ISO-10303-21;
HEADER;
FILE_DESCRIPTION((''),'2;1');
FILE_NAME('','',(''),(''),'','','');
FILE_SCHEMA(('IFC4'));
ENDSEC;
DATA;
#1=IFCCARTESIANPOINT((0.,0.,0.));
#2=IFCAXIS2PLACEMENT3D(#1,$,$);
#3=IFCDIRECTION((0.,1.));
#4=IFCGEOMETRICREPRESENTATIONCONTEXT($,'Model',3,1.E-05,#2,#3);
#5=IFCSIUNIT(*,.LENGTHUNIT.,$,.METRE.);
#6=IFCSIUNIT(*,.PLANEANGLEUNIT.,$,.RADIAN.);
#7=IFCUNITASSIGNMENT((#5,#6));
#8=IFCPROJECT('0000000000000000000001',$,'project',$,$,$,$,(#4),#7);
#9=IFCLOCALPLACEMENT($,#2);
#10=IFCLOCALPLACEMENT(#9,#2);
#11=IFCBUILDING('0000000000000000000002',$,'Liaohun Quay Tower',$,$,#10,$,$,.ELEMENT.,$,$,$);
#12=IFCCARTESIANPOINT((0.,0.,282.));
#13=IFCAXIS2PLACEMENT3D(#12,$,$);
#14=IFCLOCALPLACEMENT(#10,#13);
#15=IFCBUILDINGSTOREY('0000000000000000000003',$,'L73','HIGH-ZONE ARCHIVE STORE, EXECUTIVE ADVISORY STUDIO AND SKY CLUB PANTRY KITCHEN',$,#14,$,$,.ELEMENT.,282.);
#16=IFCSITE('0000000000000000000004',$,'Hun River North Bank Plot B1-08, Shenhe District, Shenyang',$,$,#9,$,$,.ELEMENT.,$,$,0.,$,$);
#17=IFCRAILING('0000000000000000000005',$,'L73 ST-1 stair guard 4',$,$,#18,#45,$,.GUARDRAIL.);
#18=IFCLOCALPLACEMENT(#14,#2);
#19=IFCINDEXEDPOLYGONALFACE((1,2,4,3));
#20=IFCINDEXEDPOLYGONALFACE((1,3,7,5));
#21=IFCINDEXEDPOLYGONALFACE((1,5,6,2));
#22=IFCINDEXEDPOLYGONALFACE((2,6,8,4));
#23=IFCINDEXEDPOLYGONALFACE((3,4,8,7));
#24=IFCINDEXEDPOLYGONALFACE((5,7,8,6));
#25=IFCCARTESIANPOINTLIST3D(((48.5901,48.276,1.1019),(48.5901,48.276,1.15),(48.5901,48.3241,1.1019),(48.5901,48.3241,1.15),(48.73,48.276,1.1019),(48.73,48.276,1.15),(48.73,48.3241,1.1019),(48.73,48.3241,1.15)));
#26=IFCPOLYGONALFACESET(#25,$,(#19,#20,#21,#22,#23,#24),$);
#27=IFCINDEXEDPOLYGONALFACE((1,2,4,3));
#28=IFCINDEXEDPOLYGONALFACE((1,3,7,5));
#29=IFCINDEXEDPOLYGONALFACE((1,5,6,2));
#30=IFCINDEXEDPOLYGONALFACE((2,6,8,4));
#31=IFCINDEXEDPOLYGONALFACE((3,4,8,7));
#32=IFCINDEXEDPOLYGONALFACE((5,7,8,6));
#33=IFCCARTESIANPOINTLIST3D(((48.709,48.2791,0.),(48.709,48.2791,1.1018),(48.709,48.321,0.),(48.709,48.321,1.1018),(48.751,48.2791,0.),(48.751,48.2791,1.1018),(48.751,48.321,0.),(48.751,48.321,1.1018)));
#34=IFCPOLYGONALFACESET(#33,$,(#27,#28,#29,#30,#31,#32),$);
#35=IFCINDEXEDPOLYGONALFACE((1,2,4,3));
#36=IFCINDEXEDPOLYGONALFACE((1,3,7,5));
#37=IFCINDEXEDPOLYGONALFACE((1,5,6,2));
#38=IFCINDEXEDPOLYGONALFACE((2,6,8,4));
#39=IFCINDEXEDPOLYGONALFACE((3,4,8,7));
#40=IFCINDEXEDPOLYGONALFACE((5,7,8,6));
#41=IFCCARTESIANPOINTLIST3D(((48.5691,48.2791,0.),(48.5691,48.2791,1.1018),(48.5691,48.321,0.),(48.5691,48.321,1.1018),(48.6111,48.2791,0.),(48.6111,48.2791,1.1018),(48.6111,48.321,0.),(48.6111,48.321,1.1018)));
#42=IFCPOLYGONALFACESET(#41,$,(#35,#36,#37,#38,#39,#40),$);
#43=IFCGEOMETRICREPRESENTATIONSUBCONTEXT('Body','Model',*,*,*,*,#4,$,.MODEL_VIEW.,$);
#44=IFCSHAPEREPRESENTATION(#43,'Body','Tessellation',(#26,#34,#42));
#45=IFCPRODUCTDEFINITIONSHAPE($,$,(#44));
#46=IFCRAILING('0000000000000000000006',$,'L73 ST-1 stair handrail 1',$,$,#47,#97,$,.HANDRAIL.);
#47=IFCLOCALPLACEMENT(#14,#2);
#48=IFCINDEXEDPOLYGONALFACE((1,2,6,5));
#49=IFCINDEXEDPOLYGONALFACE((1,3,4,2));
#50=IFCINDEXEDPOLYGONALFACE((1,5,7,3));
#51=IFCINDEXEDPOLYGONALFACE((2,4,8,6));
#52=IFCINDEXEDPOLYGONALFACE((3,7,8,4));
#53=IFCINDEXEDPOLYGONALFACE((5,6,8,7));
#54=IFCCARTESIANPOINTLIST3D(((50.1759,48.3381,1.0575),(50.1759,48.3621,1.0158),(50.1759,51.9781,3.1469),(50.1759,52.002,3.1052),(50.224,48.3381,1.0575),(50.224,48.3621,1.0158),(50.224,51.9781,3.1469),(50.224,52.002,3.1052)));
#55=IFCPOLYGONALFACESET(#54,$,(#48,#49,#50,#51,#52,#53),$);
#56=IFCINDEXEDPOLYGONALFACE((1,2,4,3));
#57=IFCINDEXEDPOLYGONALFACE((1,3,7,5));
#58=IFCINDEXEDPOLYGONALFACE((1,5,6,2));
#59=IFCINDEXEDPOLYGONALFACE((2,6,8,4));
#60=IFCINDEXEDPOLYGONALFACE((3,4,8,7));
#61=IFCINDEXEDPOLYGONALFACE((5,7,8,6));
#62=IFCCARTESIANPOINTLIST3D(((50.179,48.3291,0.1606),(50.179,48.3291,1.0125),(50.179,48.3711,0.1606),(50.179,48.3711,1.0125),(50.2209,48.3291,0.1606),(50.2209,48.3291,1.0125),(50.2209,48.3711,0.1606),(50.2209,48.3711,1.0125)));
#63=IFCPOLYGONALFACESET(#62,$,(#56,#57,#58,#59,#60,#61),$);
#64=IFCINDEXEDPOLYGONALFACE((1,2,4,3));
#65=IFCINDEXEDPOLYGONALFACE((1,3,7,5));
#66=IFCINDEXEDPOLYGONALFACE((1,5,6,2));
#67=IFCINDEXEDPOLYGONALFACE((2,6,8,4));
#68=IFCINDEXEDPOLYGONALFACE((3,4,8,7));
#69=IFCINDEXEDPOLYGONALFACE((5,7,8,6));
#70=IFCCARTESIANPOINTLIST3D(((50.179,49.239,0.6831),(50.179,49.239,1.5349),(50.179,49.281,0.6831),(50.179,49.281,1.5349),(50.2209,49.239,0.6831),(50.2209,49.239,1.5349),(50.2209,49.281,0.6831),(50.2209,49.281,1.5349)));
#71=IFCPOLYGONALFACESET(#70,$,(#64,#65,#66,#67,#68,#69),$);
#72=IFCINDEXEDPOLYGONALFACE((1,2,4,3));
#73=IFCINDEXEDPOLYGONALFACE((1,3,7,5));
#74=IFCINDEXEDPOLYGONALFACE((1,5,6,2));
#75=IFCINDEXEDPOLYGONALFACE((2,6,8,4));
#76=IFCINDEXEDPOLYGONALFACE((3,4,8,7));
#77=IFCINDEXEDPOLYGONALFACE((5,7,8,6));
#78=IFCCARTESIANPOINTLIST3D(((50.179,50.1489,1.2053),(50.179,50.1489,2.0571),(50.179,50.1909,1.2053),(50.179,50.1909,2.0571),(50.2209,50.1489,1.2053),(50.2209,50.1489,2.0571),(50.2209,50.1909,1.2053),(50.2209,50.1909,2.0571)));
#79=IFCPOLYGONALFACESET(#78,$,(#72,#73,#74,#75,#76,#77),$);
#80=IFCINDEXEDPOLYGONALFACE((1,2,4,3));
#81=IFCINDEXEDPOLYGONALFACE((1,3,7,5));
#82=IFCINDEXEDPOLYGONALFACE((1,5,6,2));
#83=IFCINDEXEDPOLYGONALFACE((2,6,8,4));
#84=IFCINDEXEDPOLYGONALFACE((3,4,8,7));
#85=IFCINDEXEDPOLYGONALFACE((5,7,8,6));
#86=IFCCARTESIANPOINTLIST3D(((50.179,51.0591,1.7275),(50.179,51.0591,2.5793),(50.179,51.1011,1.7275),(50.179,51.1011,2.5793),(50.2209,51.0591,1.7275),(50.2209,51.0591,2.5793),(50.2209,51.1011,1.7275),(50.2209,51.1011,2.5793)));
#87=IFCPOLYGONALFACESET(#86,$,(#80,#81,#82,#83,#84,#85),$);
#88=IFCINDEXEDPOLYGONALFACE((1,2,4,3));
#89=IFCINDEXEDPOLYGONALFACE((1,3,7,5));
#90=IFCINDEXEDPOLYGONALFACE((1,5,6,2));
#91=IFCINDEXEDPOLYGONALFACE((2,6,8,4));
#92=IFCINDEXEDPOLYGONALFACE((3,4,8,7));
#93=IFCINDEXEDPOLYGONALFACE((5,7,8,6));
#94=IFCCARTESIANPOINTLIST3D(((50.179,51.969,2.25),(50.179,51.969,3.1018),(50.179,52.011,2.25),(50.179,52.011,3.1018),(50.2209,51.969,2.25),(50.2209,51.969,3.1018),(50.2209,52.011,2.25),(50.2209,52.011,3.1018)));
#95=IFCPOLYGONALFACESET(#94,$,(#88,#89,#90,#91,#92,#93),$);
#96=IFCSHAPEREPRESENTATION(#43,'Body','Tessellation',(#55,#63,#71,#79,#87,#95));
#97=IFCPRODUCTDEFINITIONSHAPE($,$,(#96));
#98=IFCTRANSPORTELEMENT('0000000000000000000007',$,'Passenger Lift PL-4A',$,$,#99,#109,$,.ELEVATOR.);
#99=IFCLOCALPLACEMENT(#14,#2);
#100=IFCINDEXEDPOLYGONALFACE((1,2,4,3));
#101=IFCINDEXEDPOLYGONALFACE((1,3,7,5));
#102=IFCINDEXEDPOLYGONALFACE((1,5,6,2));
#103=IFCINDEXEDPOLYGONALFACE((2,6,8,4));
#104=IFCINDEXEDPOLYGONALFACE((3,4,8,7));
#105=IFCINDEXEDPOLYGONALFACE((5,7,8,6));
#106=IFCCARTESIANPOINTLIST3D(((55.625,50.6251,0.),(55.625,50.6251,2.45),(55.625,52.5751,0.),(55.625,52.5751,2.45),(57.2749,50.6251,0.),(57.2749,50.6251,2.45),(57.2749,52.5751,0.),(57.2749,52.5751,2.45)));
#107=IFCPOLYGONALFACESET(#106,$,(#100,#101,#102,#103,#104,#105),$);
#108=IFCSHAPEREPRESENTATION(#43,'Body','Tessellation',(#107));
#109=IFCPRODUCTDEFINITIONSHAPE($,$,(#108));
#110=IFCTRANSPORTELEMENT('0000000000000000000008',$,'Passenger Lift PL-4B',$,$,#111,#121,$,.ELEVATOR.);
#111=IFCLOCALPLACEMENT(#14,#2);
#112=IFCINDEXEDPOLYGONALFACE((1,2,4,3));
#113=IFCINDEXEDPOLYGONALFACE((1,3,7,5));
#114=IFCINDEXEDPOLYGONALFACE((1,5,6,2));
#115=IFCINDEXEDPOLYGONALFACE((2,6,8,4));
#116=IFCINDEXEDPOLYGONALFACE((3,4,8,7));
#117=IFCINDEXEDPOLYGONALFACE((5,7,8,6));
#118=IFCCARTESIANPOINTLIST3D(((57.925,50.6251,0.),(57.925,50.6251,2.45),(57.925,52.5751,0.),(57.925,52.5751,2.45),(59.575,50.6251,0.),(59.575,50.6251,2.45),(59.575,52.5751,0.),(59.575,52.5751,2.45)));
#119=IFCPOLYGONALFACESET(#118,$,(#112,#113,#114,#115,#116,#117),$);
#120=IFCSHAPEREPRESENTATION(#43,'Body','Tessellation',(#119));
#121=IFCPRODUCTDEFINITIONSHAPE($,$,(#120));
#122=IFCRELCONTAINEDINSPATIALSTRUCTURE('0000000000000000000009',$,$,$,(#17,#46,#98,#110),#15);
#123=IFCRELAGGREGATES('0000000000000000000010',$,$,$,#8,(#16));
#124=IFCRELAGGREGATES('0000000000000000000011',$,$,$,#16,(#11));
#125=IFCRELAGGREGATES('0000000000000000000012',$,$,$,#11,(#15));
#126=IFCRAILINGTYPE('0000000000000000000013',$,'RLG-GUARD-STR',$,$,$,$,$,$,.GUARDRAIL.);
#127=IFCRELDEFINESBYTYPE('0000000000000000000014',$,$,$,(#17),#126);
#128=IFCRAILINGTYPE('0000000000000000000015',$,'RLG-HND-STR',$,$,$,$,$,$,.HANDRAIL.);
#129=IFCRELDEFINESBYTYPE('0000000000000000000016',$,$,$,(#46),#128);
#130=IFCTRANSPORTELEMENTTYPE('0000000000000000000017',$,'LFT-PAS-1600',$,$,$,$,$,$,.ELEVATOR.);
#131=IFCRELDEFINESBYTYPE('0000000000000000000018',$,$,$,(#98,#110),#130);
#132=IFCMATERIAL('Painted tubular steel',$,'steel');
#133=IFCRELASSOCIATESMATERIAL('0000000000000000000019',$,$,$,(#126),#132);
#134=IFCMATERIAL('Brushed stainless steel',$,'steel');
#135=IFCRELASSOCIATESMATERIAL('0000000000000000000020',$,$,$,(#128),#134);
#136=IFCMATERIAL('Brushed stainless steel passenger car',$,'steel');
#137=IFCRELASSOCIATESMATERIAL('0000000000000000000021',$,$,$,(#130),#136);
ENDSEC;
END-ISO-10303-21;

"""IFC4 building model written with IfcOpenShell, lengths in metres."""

from ifc_helpers import new_model, si_unit, direction, frame, origin, origin_2d, place, context, subcontext, project, spatial, rectangle, extrude, source, transform, mapped, material, type_object, element, save


model = new_model("IFC4")

# Units and contexts
model_context = context("Model", 3, precision=1e-05, world=origin(), true_north=direction((0.0, 1.0)))
body_context = subcontext(model_context, "Body", "Model", "MODEL_VIEW")
ifc_project = project(units=[si_unit("LENGTHUNIT", "METRE"), si_unit("PLANEANGLEUNIT", "RADIAN")], contexts=[model_context])

# Site, building, storey
site_placement = place(None, origin())
site = spatial("IfcSite", under=ifc_project, at=site_placement, Name="Hun River North Bank Plot B1-08, Shenhe District, Shenyang", CompositionType="ELEMENT", RefElevation=0.0)
building_placement = place(site_placement, origin())
building = spatial("IfcBuilding", under=site, at=building_placement, Name="Liaohun Quay Tower", CompositionType="ELEMENT")
storey_placement = place(building_placement, frame((0.0, 0.0, 282.0)))
storey = spatial("IfcBuildingStorey", under=building, at=storey_placement, Name="L73", Description="HIGH-ZONE ARCHIVE STORE, EXECUTIVE ADVISORY STUDIO AND SKY CLUB PANTRY KITCHEN", CompositionType="ELEMENT", Elevation=282.0)

# Railings
ifc_material_1 = material(Name="Painted tubular steel", Category="steel")
railing_type_1 = type_object("IfcRailingType", Name="RLG-GUARD-STR", PredefinedType="GUARDRAIL", material=ifc_material_1)
for number, where, name in (
    (1, (48.73, 48.3, 0.0), "L73 ST-1 stair guard 4"),
):
    element("IfcRailing", number, at=place(storey_placement, frame(where)), inside=storey, type_object=railing_type_1, Name=name, PredefinedType="GUARDRAIL", context=body_context, shape_type="SweptSolid", body=[
        extrude(rectangle(XDim=0.0481, YDim=0.0481, at=origin_2d()), frame((0.0, 0.0, 1.126), z_axis=(-1.0, 0.0, 0.0), x_axis=(0.0, -1.0, 0.0)), (0.0, 0.0, 1.0), 0.1399),
        extrude(rectangle(XDim=0.042, YDim=0.042, at=origin_2d()), origin(), (0.0, 0.0, 1.0), 1.1018),
        extrude(rectangle(XDim=0.042, YDim=0.042, at=origin_2d()), frame((-0.1399, 0.0, 0.0)), (0.0, 0.0, 1.0), 1.1018),
    ])
ifc_material_2 = material(Name="Brushed stainless steel", Category="steel")
railing_type_2 = type_object("IfcRailingType", Name="RLG-HND-STR", PredefinedType="HANDRAIL", material=ifc_material_2)
railing_1_placement = place(storey_placement, frame((50.2, 48.3501, 0.1606)))
element("IfcRailing", 2, at=railing_1_placement, inside=storey, type_object=railing_type_2, Name="L73 ST-1 stair handrail 1", PredefinedType="HANDRAIL", context=body_context, shape_type="SweptSolid", body=[
    extrude(rectangle(XDim=0.0481, YDim=0.0481, at=origin_2d()), frame((0.0, 0.0, 0.876), z_axis=(0.0, 0.867275, 0.497829), x_axis=(-1.0, 0.0, 0.0)), (0.0, 0.0, 1.0), 4.197),
    extrude(rectangle(XDim=0.042, YDim=0.042, at=origin_2d()), origin(), (0.0, 0.0, 1.0), 0.8518),
    extrude(rectangle(XDim=0.042, YDim=0.042, at=origin_2d()), frame((0.0, 0.9099, 0.5225)), (0.0, 0.0, 1.0), 0.8518),
    extrude(rectangle(XDim=0.042, YDim=0.042, at=origin_2d()), frame((0.0, 1.8198, 1.0447)), (0.0, 0.0, 1.0), 0.8518),
    extrude(rectangle(XDim=0.042, YDim=0.042, at=origin_2d()), frame((0.0, 2.73, 1.5669)), (0.0, 0.0, 1.0), 0.8518),
    extrude(rectangle(XDim=0.042, YDim=0.042, at=origin_2d()), frame((0.0, 3.6399, 2.0894)), (0.0, 0.0, 1.0), 0.8518),
])

# Transport elements
ifc_material_3 = material(Name="Brushed stainless steel passenger car", Category="steel")
transport_element_type = type_object("IfcTransportElementType", Name="LFT-PAS-1600", PredefinedType="ELEVATOR", material=ifc_material_3)
shared_shape_1 = source(origin(), body_context, "Body", "SweptSolid", [
    extrude(rectangle(XDim=1.6499, YDim=1.95, at=origin_2d()), origin(), (0.0, 0.0, 1.0), 2.45),
])
for number, where, z_axis, x_axis, name in (
    (3, (56.45, 51.6001, 0.0), (0.0, 0.0, 1.0), (1.0, 0.0, 0.0), "Passenger Lift PL-4A"),
    (4, (58.75, 51.6001, 0.0), (0.0, 0.0, 1.0), (1.0, 0.0, 0.0), "Passenger Lift PL-4B"),
):
    element("IfcTransportElement", number, at=place(storey_placement, frame(where, z_axis=z_axis, x_axis=x_axis)), inside=storey, type_object=transport_element_type, Name=name, PredefinedType="ELEVATOR", context=body_context, shape_type="MappedRepresentation", body=[
        mapped(shared_shape_1, transform((0.0, 0.0, 0.0), x_axis=(1.0, 0.0, 0.0), y_axis=(0.0, 1.0, 0.0), z_axis=(0.0, 0.0, 1.0), scale=1.0)),
    ])

save(model, "model.ifc")
